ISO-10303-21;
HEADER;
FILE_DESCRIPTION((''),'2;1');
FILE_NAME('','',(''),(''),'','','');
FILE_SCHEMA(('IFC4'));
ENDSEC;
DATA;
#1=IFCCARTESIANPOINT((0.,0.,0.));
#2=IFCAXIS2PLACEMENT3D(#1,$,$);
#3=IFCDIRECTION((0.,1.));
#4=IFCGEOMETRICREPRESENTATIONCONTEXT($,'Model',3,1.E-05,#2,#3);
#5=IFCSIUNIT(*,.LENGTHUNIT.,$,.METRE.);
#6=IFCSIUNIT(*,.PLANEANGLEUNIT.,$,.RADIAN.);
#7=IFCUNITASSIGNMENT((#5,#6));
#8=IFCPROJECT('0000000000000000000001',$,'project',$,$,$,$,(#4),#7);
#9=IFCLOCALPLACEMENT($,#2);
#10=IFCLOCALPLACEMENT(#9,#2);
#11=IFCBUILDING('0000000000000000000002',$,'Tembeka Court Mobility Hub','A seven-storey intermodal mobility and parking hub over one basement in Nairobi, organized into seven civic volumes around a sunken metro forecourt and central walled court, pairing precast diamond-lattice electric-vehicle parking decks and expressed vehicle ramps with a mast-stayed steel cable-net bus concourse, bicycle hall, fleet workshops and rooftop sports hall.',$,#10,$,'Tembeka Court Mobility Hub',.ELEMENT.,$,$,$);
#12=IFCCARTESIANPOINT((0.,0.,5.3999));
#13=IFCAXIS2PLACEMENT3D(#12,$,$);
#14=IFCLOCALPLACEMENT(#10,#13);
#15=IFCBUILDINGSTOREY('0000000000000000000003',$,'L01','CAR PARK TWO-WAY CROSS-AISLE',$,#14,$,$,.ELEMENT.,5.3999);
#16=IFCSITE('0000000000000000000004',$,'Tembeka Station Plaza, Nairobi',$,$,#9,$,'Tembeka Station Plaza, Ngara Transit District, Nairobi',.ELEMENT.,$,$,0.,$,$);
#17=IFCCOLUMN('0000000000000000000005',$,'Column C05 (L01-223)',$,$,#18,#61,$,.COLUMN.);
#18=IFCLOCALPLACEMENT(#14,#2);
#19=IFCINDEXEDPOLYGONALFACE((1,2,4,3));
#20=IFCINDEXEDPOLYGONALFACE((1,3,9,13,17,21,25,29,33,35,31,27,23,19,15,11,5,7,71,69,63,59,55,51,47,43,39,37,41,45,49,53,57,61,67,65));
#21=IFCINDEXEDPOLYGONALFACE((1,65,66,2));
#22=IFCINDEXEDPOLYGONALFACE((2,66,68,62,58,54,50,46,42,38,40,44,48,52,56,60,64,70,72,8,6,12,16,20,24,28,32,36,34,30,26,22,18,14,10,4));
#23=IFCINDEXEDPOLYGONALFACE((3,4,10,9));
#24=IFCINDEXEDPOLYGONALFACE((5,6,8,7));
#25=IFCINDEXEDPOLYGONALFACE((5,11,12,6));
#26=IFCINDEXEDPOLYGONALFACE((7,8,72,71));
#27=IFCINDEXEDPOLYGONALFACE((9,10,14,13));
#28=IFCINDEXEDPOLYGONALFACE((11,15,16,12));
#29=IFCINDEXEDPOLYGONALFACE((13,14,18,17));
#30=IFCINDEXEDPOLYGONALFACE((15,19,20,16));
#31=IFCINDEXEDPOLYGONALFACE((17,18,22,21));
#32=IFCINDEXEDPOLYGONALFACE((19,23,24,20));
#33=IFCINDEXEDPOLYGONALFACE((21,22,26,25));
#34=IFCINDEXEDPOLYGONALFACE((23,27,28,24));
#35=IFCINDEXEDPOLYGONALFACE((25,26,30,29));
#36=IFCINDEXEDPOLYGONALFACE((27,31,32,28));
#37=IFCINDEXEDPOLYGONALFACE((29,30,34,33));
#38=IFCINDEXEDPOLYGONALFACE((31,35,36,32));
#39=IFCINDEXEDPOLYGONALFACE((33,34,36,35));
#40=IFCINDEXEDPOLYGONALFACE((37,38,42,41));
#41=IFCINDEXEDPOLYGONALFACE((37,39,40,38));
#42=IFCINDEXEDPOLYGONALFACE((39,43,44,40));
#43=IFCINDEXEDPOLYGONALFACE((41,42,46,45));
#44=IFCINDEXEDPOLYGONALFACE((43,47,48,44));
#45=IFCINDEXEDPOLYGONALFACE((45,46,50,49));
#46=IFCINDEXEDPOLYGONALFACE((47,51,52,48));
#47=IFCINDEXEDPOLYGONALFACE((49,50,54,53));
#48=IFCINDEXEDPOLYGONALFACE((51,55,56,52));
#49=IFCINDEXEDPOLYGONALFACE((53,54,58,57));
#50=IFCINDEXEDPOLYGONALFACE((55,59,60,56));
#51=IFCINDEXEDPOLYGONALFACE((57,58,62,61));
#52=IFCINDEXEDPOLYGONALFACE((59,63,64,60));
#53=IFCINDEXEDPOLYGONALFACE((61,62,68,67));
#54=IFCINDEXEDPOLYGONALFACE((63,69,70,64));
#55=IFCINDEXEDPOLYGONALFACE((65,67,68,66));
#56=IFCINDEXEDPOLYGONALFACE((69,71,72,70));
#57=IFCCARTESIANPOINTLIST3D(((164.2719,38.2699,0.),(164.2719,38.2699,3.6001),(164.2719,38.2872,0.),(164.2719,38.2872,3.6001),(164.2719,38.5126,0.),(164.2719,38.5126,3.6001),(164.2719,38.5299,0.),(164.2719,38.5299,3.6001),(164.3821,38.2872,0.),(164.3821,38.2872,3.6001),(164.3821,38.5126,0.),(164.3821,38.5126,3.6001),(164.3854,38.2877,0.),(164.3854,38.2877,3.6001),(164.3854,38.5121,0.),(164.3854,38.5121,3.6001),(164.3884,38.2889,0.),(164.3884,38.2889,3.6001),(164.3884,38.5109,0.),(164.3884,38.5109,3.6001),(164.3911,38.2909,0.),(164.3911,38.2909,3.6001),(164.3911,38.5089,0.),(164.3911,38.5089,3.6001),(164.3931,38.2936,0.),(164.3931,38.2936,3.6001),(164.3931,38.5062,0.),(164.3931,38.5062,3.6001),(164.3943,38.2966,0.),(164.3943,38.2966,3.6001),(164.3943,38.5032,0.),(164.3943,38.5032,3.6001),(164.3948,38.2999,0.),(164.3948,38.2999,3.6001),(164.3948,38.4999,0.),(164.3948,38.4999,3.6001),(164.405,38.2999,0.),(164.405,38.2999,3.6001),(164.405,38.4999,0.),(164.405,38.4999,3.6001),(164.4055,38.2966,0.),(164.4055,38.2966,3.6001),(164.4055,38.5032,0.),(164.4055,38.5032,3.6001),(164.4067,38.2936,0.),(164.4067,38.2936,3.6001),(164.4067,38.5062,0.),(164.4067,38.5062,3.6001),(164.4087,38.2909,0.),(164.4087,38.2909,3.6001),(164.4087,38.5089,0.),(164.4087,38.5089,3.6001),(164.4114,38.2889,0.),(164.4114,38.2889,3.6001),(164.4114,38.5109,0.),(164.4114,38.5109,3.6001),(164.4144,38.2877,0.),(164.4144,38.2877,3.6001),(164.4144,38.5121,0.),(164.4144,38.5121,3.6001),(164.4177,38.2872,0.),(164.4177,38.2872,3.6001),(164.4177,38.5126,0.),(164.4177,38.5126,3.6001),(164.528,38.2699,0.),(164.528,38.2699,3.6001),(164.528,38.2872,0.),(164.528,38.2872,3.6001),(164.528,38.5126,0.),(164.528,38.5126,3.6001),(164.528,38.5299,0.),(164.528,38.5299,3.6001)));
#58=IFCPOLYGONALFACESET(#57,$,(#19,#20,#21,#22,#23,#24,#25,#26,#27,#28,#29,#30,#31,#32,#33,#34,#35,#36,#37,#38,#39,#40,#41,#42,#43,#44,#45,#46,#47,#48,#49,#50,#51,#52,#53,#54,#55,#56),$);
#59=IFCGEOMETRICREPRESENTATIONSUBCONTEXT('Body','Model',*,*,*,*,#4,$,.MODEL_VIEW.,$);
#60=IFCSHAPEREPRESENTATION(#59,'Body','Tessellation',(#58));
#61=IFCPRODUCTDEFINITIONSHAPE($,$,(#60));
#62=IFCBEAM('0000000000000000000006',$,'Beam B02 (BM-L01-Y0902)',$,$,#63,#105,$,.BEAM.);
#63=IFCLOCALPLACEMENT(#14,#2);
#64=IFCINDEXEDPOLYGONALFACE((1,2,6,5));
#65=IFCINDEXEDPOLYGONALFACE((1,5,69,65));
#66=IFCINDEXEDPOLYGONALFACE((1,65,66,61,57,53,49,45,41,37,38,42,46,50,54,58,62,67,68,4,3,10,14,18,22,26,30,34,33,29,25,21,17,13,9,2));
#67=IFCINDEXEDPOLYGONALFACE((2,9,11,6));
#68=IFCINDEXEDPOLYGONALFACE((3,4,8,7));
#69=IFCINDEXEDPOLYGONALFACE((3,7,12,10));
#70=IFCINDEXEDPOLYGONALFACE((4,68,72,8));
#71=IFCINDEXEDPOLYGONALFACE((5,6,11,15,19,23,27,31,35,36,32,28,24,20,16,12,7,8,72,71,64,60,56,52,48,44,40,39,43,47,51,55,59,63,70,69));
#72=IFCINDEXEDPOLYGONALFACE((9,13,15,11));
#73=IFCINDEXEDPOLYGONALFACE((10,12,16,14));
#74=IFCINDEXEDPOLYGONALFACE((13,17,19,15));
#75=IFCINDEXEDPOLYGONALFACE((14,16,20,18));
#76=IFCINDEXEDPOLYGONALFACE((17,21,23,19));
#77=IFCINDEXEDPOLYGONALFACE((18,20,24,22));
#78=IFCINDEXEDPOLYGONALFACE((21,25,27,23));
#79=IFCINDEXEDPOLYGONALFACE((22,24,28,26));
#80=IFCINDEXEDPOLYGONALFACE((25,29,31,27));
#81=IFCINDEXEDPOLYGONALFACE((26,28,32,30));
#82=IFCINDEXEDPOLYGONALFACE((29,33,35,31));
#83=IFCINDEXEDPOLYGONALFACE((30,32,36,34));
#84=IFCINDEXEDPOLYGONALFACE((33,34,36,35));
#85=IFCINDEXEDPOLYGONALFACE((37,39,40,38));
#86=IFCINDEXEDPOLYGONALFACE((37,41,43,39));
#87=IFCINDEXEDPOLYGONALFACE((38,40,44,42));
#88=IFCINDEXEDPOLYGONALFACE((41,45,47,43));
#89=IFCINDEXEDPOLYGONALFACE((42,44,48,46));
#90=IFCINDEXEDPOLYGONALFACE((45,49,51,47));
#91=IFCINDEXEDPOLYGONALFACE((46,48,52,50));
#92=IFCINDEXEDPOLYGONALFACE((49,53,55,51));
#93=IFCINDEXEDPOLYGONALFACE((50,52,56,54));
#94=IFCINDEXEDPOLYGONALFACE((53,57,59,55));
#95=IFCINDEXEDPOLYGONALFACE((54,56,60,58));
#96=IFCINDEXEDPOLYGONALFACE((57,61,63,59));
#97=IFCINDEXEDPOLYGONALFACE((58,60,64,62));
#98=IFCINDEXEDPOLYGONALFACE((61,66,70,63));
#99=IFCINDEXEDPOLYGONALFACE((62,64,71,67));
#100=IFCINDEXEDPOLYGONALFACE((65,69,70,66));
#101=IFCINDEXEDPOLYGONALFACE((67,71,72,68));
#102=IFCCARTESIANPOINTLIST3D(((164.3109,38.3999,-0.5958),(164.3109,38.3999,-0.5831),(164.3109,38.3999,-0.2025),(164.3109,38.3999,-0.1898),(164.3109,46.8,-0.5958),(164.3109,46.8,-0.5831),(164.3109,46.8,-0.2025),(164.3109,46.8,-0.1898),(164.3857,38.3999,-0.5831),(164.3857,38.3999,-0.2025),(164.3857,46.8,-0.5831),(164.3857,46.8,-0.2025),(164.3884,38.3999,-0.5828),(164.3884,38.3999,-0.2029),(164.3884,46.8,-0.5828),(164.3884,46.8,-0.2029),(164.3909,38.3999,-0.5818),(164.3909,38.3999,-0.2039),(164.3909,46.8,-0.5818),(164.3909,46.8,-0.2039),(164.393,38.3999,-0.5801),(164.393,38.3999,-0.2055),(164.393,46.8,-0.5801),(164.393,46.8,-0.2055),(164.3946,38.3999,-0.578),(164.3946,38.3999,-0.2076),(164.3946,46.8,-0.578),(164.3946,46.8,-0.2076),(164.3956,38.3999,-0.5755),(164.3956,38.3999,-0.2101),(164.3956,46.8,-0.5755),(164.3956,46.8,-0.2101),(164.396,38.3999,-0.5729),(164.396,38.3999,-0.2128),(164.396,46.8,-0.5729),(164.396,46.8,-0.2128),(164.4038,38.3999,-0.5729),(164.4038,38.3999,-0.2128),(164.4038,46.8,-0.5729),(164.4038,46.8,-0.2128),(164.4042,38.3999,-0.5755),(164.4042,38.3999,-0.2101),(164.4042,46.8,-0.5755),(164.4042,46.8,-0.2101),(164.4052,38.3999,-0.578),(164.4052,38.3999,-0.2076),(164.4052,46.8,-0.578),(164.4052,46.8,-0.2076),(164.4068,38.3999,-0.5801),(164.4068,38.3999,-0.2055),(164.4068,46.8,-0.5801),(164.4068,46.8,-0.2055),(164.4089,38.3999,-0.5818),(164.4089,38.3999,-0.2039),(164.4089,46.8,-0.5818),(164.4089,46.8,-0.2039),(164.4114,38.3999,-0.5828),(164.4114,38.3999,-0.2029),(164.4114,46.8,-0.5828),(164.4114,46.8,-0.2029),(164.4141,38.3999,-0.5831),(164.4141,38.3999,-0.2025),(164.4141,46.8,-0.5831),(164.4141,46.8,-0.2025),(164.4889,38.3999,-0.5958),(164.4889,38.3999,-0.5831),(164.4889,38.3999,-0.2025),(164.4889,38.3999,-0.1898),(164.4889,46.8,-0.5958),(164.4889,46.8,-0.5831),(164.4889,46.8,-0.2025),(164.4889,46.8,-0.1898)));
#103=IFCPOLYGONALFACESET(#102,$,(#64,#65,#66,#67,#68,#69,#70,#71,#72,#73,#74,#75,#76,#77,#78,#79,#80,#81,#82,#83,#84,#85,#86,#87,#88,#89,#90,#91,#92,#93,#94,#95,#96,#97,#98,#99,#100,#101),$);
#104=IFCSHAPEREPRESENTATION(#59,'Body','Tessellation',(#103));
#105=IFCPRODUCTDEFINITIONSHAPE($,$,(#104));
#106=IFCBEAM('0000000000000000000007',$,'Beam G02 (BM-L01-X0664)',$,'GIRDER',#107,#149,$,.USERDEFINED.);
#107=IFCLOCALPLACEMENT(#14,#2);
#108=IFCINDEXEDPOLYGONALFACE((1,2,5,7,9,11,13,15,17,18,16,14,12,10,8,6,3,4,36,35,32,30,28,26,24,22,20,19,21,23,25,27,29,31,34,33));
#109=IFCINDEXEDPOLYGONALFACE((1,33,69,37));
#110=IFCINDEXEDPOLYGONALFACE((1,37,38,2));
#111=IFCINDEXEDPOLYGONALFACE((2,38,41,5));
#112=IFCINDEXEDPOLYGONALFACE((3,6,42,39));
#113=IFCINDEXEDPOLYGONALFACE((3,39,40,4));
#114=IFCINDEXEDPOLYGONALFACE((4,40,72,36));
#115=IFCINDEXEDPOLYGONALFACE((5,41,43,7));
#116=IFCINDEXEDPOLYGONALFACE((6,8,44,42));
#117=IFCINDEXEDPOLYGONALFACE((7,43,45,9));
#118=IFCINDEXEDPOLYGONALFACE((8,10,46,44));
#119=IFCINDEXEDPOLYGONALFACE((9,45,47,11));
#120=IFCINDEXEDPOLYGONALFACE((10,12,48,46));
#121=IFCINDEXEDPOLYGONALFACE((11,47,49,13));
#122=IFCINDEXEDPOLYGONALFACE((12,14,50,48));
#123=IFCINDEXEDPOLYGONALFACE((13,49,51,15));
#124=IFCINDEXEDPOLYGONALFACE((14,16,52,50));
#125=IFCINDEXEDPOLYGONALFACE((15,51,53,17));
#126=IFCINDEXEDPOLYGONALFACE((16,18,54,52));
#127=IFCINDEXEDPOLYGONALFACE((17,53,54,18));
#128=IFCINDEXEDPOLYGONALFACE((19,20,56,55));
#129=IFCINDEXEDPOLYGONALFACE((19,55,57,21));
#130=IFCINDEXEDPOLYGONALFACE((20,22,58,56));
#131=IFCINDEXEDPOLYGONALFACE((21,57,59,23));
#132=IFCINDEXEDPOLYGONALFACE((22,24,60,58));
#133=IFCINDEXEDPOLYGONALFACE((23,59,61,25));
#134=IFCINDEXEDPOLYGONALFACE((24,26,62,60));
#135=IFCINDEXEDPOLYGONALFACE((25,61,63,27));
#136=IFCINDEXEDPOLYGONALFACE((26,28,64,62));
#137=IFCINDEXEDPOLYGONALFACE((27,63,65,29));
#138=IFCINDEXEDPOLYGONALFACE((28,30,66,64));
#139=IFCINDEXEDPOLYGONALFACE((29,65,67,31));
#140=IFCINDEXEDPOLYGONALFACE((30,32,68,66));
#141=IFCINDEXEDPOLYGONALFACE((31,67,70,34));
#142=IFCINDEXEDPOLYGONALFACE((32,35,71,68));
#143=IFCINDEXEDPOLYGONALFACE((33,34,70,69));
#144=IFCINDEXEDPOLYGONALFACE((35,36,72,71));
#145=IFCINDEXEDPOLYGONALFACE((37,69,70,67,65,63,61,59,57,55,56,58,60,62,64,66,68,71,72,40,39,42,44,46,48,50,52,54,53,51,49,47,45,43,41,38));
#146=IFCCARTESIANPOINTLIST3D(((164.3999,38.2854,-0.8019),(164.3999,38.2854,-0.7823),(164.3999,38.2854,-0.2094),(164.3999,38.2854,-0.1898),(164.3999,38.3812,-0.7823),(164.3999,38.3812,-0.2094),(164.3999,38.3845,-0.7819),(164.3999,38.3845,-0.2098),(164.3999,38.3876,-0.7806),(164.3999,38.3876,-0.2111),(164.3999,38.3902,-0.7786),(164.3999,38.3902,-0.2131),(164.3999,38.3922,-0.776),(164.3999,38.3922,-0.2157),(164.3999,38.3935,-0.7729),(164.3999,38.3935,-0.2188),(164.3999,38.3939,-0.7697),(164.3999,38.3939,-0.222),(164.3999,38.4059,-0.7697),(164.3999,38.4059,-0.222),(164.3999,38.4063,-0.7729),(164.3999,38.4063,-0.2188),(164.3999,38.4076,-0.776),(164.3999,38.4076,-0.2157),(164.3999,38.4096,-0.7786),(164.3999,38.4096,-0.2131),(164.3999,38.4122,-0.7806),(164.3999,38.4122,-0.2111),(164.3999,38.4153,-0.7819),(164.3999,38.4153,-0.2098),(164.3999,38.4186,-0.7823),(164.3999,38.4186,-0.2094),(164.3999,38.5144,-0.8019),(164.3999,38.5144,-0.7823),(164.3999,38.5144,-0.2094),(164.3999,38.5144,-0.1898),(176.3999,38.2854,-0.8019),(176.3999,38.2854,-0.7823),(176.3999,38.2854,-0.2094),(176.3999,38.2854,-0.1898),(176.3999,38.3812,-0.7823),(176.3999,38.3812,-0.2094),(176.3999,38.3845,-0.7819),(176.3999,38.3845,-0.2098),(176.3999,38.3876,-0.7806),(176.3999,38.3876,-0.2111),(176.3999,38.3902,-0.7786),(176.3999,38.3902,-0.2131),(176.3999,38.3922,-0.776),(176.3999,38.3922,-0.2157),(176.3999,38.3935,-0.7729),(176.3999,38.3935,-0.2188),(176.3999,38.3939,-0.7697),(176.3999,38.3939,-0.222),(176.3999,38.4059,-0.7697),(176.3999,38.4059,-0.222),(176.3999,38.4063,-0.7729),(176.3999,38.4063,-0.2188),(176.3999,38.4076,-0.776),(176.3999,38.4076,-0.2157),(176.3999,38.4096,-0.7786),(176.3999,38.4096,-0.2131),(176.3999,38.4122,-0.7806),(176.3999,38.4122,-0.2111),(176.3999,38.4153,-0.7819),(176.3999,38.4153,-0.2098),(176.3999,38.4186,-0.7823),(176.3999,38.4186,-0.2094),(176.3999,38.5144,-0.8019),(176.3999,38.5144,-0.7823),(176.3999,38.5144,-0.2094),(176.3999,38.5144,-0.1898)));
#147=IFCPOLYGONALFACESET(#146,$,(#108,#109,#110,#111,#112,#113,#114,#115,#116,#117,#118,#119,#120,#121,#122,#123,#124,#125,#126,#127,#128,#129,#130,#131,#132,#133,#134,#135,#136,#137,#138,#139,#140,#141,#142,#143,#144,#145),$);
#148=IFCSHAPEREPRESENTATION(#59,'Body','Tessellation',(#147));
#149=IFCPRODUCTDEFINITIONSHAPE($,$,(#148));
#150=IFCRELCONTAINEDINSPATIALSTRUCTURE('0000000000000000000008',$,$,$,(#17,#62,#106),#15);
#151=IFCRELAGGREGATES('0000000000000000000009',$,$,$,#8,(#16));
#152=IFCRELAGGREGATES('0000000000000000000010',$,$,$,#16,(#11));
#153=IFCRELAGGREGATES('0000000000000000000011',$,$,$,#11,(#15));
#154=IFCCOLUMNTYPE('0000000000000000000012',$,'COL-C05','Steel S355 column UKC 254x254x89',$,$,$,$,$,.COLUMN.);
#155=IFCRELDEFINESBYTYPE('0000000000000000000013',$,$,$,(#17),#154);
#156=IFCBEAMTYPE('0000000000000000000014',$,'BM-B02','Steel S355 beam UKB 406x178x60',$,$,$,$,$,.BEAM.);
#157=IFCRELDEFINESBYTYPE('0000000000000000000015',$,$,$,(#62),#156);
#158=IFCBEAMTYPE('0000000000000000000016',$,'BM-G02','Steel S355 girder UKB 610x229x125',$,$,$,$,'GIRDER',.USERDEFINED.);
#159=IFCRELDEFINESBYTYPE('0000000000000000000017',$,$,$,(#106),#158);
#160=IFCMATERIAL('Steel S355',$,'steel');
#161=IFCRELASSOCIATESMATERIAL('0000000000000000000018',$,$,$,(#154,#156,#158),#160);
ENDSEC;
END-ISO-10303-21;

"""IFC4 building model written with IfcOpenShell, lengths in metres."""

from ifc_helpers import new_model, si_unit, direction, frame, origin, origin_2d, place, context, subcontext, project, spatial, i_section, extrude, material, material_profile, profile_set, type_object, element, save


model = new_model("IFC4")

# Units and contexts
model_context = context("Model", 3, precision=1e-05, world=origin(), true_north=direction((0.0, 1.0)))
body_context = subcontext(model_context, "Body", "Model", "MODEL_VIEW")
ifc_project = project(units=[si_unit("LENGTHUNIT", "METRE"), si_unit("PLANEANGLEUNIT", "RADIAN")], contexts=[model_context])

# Site, building, storey
site_placement = place(None, origin())
site = spatial("IfcSite", under=ifc_project, at=site_placement, Name="Tembeka Station Plaza, Nairobi", LongName="Tembeka Station Plaza, Ngara Transit District, Nairobi", CompositionType="ELEMENT", RefElevation=0.0)
building_placement = place(site_placement, origin())
building = spatial("IfcBuilding", under=site, at=building_placement, Name="Tembeka Court Mobility Hub", Description="A seven-storey intermodal mobility and parking hub over one basement in Nairobi, organized into seven civic volumes around a sunken metro forecourt and central walled court, pairing precast diamond-lattice electric-vehicle parking decks and expressed vehicle ramps with a mast-stayed steel cable-net bus concourse, bicycle hall, fleet workshops and rooftop sports hall.", LongName="Tembeka Court Mobility Hub", CompositionType="ELEMENT")
storey_placement = place(building_placement, frame((0.0, 0.0, 5.3999)))
storey = spatial("IfcBuildingStorey", under=building, at=storey_placement, Name="L01", Description="CAR PARK TWO-WAY CROSS-AISLE", CompositionType="ELEMENT", Elevation=5.3999)

# Column
ifc_material_1 = material(Name="Steel S355", Category="steel")
ifc_material_profile_1 = material_profile(ifc_material_1, i_section(OverallWidth=0.2561, OverallDepth=0.26, WebThickness=0.0103, FlangeThickness=0.0173, FilletRadius=0.0127, at=origin_2d()), Name="UKC 254x254x89")
ifc_profile_set_1 = profile_set([ifc_material_profile_1], Name="Steel S355")
column_type = type_object("IfcColumnType", Name="COL-C05", Description="Steel S355 column UKC 254x254x89", PredefinedType="COLUMN", material=ifc_profile_set_1)
column_placement = place(storey_placement, frame((164.3999, 38.3999, 0.0), z_axis=(0.0, 0.0, 1.0), x_axis=(1.0, 0.0, 0.0)))
element("IfcColumn", 1, at=column_placement, inside=storey, type_object=column_type, Name="Column C05 (L01-223)", PredefinedType="COLUMN", context=body_context, shape_type="SweptSolid", body=[
    extrude(i_section(OverallWidth=0.2561, OverallDepth=0.26, WebThickness=0.0103, FlangeThickness=0.0173, FilletRadius=0.0127, at=origin_2d()), origin(), (0.0, 0.0, 1.0), 3.6001),
])

# Beams
ifc_material_profile_2 = material_profile(ifc_material_1, i_section(OverallWidth=0.178, OverallDepth=0.406, WebThickness=0.0078, FlangeThickness=0.0127, FilletRadius=0.0103, at=origin_2d()), Name="UKB 406x178x60")
ifc_profile_set_2 = profile_set([ifc_material_profile_2], Name="Steel S355")
beam_type_1 = type_object("IfcBeamType", Name="BM-B02", Description="Steel S355 beam UKB 406x178x60", PredefinedType="BEAM", material=ifc_profile_set_2)
beam_1_placement = place(storey_placement, frame((164.3999, 38.3999, -0.3928), z_axis=(0.0, 1.0, 0.0), x_axis=(-1.0, 0.0, 0.0)))
element("IfcBeam", 2, at=beam_1_placement, inside=storey, type_object=beam_type_1, Name="Beam B02 (BM-L01-Y0902)", PredefinedType="BEAM", context=body_context, shape_type="SweptSolid", body=[
    extrude(i_section(OverallWidth=0.178, OverallDepth=0.406, WebThickness=0.0078, FlangeThickness=0.0127, FilletRadius=0.0103, at=origin_2d()), origin(), (0.0, 0.0, 1.0), 8.4001),
])
ifc_material_profile_3 = material_profile(ifc_material_1, i_section(OverallWidth=0.229, OverallDepth=0.6121, WebThickness=0.012, FlangeThickness=0.0195, FilletRadius=0.0127, at=origin_2d()), Name="UKB 610x229x125")
ifc_profile_set_3 = profile_set([ifc_material_profile_3], Name="Steel S355")
beam_type_2 = type_object("IfcBeamType", Name="BM-G02", Description="Steel S355 girder UKB 610x229x125", ElementType="GIRDER", PredefinedType="USERDEFINED", material=ifc_profile_set_3)
beam_2_placement = place(storey_placement, frame((164.3999, 38.3999, -0.4958), z_axis=(1.0, 0.0, 0.0), x_axis=(0.0, 1.0, 0.0)))
element("IfcBeam", 3, at=beam_2_placement, inside=storey, type_object=beam_type_2, Name="Beam G02 (BM-L01-X0664)", ObjectType="GIRDER", PredefinedType="USERDEFINED", context=body_context, shape_type="SweptSolid", body=[
    extrude(i_section(OverallWidth=0.229, OverallDepth=0.6121, WebThickness=0.012, FlangeThickness=0.0195, FilletRadius=0.0127, at=origin_2d()), origin(), (0.0, 0.0, 1.0), 12.0),
])

save(model, "model.ifc")
